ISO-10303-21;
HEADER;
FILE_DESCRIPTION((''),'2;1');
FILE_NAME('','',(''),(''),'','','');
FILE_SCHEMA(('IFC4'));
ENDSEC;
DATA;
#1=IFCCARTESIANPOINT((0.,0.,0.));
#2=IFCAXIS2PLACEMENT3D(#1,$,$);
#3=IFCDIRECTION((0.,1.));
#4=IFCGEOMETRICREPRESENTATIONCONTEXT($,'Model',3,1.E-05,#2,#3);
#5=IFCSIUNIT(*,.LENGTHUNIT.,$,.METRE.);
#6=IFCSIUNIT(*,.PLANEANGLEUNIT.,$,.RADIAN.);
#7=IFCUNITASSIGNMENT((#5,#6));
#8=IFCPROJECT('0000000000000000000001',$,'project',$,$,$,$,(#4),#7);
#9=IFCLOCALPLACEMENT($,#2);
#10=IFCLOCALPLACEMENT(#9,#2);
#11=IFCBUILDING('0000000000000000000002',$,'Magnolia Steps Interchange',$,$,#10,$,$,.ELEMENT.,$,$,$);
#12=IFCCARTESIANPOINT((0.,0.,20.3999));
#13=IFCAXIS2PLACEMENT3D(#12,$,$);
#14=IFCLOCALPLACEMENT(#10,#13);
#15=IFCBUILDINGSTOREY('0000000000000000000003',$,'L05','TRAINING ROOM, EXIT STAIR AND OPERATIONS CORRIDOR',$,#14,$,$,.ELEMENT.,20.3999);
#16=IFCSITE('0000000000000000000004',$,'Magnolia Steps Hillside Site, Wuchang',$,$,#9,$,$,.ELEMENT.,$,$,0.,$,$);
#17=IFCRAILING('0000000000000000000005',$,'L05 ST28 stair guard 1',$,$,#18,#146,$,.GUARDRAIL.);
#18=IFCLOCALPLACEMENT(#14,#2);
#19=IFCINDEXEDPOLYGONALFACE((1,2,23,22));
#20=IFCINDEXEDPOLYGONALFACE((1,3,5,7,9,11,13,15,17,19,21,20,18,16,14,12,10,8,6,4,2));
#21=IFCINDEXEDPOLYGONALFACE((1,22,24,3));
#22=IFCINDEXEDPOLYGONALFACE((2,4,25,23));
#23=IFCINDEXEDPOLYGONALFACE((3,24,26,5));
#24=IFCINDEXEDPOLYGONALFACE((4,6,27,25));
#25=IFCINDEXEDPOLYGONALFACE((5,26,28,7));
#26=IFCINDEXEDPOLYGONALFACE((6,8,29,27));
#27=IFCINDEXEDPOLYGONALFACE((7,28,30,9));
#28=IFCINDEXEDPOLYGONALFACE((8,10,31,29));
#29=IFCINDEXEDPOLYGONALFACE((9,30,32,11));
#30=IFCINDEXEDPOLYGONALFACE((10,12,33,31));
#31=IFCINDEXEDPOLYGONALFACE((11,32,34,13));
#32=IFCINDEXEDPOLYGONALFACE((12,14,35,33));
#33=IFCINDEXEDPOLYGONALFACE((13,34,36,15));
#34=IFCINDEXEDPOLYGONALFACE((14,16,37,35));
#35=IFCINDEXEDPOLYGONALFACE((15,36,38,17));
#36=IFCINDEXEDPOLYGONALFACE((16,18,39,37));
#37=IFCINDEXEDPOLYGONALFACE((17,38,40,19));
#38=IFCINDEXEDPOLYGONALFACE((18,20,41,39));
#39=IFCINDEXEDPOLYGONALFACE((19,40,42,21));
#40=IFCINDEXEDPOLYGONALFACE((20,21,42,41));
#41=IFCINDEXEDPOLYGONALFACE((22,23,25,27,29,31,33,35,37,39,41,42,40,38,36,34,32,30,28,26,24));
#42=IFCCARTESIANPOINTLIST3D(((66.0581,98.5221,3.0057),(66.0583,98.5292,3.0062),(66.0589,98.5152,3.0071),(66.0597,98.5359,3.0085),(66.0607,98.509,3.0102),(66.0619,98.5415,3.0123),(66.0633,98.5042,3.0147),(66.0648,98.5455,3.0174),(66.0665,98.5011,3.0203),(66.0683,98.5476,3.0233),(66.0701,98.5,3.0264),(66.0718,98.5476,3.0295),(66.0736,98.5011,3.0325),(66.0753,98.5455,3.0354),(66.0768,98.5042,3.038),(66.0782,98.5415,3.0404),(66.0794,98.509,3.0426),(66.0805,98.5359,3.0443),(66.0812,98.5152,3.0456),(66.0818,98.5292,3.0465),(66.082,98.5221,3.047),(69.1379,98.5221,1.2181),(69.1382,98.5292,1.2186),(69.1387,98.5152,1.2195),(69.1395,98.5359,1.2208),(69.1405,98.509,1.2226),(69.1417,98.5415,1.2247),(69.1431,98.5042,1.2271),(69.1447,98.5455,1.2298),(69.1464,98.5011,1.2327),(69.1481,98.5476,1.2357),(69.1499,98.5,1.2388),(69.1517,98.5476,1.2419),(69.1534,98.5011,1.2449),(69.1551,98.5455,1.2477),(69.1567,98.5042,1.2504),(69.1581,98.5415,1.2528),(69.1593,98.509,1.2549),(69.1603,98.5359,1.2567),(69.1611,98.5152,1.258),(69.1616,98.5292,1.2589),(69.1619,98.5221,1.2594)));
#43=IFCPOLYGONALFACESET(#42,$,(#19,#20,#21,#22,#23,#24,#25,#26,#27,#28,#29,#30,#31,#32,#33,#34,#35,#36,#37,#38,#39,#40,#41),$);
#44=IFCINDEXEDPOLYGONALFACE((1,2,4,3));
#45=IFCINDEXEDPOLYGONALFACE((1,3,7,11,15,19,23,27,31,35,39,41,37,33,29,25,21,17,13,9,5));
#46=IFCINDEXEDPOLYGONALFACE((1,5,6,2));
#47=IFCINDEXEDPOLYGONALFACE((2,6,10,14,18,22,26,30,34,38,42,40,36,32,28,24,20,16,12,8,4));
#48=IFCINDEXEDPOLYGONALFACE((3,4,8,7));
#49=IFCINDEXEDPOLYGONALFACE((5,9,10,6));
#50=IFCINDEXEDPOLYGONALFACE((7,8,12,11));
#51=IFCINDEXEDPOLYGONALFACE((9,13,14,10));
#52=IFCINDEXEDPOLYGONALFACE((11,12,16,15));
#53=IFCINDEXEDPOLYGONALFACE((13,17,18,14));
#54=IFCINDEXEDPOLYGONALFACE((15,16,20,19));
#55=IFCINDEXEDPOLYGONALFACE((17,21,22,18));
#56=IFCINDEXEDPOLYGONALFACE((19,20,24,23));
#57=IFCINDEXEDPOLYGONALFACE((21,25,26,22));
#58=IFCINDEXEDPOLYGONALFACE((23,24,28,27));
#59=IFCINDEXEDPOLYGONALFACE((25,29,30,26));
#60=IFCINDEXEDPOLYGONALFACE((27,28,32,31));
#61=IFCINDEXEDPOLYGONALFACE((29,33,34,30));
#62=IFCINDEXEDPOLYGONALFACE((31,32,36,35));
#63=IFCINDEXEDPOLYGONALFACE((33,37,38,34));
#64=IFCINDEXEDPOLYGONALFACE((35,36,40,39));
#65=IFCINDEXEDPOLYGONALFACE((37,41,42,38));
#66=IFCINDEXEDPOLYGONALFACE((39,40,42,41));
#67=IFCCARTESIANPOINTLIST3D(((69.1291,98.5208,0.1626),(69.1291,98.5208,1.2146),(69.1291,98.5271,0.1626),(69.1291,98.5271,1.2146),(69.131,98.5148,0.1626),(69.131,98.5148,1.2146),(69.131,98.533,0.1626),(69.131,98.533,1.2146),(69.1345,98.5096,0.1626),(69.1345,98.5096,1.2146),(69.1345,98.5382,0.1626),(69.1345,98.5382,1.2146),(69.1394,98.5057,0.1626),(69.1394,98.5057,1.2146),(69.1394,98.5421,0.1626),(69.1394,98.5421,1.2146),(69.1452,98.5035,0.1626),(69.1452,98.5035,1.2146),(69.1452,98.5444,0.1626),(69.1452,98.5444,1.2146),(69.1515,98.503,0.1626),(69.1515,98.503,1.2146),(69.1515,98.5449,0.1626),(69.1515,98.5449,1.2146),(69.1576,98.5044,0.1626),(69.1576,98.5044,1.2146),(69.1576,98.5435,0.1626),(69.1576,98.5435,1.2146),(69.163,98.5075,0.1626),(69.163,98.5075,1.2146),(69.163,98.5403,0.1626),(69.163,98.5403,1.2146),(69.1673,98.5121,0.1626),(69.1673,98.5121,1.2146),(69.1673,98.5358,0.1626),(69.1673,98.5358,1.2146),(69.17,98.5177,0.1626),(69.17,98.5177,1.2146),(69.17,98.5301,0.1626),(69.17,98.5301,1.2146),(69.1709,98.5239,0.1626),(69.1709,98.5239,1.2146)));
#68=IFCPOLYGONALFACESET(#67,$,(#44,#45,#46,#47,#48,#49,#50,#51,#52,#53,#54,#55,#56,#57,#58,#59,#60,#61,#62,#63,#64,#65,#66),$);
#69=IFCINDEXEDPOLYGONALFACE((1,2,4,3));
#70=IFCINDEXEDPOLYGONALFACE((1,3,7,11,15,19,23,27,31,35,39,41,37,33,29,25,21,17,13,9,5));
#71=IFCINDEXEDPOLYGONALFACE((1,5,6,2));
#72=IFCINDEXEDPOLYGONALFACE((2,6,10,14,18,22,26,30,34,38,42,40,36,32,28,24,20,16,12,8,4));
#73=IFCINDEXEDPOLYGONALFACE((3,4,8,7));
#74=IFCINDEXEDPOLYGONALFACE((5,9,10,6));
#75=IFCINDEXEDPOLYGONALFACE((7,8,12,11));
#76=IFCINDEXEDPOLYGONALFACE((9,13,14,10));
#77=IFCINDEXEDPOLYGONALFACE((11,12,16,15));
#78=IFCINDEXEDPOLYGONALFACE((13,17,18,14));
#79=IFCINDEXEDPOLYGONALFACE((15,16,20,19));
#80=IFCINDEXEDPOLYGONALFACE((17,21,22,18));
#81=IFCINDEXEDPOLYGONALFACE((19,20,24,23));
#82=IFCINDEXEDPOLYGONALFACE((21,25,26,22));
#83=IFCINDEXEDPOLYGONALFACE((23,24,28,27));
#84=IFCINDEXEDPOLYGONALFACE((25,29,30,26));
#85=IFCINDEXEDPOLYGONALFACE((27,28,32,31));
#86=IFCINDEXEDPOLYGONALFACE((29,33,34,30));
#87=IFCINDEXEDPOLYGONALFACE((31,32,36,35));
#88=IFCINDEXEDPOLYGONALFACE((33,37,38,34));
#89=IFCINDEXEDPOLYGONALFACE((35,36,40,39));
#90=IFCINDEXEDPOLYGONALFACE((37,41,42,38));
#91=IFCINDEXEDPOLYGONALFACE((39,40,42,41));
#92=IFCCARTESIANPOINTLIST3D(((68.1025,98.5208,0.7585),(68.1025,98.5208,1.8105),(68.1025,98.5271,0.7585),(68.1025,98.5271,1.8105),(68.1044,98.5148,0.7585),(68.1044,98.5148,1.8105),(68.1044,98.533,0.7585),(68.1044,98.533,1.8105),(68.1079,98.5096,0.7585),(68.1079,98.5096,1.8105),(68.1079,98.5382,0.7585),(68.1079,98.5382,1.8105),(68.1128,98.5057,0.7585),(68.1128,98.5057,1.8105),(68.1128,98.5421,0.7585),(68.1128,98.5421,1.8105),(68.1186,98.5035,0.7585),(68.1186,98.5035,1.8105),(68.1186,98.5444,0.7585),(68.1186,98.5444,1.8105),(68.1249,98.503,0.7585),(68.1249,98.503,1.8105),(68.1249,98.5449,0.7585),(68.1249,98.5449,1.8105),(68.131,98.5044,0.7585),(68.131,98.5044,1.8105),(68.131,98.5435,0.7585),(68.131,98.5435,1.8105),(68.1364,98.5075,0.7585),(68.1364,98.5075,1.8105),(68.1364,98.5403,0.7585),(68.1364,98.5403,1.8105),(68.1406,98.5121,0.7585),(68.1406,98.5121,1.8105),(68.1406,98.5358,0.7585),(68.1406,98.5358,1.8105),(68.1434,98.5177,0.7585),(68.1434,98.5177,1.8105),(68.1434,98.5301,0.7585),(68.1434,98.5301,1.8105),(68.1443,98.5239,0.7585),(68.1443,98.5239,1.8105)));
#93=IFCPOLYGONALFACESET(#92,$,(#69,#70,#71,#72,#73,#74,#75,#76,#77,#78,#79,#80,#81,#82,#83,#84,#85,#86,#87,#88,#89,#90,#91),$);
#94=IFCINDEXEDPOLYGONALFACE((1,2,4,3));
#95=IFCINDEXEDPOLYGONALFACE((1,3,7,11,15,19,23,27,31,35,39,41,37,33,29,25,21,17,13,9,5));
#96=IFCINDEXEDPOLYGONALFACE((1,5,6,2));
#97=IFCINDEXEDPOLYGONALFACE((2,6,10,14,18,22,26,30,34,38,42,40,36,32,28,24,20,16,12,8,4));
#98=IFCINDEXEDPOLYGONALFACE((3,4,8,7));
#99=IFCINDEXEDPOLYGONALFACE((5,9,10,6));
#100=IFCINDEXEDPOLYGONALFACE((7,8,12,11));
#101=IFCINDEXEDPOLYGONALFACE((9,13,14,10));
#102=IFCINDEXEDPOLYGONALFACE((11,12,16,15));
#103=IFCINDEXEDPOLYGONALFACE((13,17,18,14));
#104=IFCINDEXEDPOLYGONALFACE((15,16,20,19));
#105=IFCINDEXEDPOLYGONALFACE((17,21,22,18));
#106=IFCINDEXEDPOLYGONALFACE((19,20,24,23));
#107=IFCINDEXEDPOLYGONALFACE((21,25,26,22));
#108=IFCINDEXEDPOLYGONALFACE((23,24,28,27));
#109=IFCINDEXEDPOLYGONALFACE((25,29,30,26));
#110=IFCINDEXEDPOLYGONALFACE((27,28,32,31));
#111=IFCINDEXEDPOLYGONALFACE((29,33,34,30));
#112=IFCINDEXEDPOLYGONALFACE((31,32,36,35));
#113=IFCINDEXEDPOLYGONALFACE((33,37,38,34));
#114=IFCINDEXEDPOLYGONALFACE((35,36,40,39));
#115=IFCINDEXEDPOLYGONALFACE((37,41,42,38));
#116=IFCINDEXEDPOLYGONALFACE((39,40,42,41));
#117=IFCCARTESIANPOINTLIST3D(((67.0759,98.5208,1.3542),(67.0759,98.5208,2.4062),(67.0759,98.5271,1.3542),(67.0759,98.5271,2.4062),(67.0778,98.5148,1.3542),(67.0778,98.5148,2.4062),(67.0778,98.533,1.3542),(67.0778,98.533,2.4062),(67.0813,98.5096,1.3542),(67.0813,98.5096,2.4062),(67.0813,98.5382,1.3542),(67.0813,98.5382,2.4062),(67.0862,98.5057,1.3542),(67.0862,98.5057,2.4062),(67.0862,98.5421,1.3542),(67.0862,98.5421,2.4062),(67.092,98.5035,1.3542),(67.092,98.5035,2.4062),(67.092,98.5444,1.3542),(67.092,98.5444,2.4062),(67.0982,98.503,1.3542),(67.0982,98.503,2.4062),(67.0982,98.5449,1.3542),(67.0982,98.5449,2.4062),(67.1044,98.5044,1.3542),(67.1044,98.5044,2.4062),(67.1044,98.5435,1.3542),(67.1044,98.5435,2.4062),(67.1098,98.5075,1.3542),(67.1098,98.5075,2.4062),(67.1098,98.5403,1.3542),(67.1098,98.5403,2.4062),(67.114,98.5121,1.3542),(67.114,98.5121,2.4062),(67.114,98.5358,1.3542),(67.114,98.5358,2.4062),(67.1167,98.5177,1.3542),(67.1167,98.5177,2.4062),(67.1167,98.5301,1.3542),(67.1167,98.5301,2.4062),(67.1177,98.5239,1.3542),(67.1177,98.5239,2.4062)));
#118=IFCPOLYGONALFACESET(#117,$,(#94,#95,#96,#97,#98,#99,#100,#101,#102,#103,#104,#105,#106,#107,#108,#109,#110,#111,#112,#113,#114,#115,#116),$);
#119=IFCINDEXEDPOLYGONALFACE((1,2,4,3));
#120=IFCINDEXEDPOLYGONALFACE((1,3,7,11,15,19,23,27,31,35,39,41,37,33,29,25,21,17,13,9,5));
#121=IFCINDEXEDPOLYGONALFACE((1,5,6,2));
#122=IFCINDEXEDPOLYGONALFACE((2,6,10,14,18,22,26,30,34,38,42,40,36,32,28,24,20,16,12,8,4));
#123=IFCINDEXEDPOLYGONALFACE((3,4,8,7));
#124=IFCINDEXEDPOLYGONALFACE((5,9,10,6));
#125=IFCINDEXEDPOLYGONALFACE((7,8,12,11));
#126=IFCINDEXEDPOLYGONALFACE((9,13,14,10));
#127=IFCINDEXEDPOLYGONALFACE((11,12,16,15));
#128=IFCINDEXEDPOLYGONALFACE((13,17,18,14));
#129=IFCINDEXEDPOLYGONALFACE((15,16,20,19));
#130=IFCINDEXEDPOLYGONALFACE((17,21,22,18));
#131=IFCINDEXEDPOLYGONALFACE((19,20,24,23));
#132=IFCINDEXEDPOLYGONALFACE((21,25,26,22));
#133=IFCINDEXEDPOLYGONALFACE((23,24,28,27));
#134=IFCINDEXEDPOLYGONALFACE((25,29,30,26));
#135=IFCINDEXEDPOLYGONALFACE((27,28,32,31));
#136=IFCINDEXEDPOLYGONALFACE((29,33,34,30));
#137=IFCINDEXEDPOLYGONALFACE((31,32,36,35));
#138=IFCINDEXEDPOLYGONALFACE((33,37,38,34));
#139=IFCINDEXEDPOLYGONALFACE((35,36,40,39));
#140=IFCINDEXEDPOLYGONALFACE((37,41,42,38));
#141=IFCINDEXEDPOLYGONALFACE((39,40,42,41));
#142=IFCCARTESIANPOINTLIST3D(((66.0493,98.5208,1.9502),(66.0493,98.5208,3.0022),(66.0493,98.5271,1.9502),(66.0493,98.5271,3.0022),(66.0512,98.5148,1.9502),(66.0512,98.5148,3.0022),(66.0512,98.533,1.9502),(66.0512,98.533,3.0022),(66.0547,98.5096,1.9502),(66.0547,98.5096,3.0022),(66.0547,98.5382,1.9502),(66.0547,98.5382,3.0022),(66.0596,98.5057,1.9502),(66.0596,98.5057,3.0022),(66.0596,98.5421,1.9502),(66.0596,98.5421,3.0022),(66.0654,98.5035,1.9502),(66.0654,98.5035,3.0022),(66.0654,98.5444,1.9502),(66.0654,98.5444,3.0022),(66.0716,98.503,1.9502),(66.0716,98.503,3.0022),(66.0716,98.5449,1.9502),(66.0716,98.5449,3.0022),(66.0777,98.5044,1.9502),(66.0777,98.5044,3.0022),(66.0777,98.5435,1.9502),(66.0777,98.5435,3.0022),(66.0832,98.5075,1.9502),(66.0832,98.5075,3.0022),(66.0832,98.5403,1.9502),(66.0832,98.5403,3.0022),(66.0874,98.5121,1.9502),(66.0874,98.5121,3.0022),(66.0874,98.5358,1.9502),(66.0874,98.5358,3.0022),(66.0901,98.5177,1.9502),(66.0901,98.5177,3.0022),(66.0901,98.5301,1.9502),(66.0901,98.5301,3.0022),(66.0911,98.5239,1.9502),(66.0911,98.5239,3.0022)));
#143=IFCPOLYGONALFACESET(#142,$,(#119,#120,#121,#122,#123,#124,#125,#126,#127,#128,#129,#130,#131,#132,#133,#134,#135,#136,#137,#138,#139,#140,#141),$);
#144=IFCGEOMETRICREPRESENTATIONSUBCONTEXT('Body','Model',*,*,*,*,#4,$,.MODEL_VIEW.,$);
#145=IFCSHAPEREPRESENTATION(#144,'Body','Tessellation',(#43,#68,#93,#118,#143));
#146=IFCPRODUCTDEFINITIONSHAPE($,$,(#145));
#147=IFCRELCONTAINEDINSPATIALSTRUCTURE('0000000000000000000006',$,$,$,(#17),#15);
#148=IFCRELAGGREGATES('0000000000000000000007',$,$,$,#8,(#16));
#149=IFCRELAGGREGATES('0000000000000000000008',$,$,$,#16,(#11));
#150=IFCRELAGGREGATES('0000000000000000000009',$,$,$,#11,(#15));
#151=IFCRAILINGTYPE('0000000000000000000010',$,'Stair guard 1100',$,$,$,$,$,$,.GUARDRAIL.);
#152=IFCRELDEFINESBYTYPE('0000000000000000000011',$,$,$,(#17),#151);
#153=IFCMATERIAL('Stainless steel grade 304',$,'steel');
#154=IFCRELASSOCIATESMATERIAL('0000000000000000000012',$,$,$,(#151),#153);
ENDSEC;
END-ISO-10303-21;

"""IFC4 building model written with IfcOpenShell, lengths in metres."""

from ifc_helpers import new_model, si_unit, direction, frame, origin, origin_2d, place, context, subcontext, project, spatial, circle, extrude, material, type_object, element, save


model = new_model("IFC4")

# Units and contexts
model_context = context("Model", 3, precision=1e-05, world=origin(), true_north=direction((0.0, 1.0)))
body_context = subcontext(model_context, "Body", "Model", "MODEL_VIEW")
ifc_project = project(units=[si_unit("LENGTHUNIT", "METRE"), si_unit("PLANEANGLEUNIT", "RADIAN")], contexts=[model_context])

# Site, building, storey
site_placement = place(None, origin())
site = spatial("IfcSite", under=ifc_project, at=site_placement, Name="Magnolia Steps Hillside Site, Wuchang", CompositionType="ELEMENT", RefElevation=0.0)
building_placement = place(site_placement, origin())
building = spatial("IfcBuilding", under=site, at=building_placement, Name="Magnolia Steps Interchange", CompositionType="ELEMENT")
storey_placement = place(building_placement, frame((0.0, 0.0, 20.3999)))
storey = spatial("IfcBuildingStorey", under=building, at=storey_placement, Name="L05", Description="TRAINING ROOM, EXIT STAIR AND OPERATIONS CORRIDOR", CompositionType="ELEMENT", Elevation=20.3999)

# Railing
ifc_material_1 = material(Name="Stainless steel grade 304", Category="steel")
railing_type_1 = type_object("IfcRailingType", Name="Stair guard 1100", PredefinedType="GUARDRAIL", material=ifc_material_1)
railing_1_placement = place(storey_placement, frame((69.1499, 98.5239, 0.1626)))
element("IfcRailing", 1, at=railing_1_placement, inside=storey, type_object=railing_type_1, Name="L05 ST28 stair guard 1", PredefinedType="GUARDRAIL", context=body_context, shape_type="SweptSolid", body=[
    extrude(circle(Radius=0.0239, at=origin_2d()), frame((0.0, 0.0, 1.0762), z_axis=(-0.864873, 0.0, 0.50199), x_axis=(0.0, -1.0, 0.0)), (0.0, 0.0, 1.0), 3.561),
    extrude(circle(Radius=0.021, at=origin_2d()), origin(), (0.0, 0.0, 1.0), 1.052),
    extrude(circle(Radius=0.021, at=origin_2d()), frame((-1.0266, 0.0, 0.5959)), (0.0, 0.0, 1.0), 1.052),
    extrude(circle(Radius=0.021, at=origin_2d()), frame((-2.0532, 0.0, 1.1917)), (0.0, 0.0, 1.0), 1.052),
    extrude(circle(Radius=0.021, at=origin_2d()), frame((-3.0798, 0.0, 1.7876)), (0.0, 0.0, 1.0), 1.052),
])

save(model, "model.ifc")
